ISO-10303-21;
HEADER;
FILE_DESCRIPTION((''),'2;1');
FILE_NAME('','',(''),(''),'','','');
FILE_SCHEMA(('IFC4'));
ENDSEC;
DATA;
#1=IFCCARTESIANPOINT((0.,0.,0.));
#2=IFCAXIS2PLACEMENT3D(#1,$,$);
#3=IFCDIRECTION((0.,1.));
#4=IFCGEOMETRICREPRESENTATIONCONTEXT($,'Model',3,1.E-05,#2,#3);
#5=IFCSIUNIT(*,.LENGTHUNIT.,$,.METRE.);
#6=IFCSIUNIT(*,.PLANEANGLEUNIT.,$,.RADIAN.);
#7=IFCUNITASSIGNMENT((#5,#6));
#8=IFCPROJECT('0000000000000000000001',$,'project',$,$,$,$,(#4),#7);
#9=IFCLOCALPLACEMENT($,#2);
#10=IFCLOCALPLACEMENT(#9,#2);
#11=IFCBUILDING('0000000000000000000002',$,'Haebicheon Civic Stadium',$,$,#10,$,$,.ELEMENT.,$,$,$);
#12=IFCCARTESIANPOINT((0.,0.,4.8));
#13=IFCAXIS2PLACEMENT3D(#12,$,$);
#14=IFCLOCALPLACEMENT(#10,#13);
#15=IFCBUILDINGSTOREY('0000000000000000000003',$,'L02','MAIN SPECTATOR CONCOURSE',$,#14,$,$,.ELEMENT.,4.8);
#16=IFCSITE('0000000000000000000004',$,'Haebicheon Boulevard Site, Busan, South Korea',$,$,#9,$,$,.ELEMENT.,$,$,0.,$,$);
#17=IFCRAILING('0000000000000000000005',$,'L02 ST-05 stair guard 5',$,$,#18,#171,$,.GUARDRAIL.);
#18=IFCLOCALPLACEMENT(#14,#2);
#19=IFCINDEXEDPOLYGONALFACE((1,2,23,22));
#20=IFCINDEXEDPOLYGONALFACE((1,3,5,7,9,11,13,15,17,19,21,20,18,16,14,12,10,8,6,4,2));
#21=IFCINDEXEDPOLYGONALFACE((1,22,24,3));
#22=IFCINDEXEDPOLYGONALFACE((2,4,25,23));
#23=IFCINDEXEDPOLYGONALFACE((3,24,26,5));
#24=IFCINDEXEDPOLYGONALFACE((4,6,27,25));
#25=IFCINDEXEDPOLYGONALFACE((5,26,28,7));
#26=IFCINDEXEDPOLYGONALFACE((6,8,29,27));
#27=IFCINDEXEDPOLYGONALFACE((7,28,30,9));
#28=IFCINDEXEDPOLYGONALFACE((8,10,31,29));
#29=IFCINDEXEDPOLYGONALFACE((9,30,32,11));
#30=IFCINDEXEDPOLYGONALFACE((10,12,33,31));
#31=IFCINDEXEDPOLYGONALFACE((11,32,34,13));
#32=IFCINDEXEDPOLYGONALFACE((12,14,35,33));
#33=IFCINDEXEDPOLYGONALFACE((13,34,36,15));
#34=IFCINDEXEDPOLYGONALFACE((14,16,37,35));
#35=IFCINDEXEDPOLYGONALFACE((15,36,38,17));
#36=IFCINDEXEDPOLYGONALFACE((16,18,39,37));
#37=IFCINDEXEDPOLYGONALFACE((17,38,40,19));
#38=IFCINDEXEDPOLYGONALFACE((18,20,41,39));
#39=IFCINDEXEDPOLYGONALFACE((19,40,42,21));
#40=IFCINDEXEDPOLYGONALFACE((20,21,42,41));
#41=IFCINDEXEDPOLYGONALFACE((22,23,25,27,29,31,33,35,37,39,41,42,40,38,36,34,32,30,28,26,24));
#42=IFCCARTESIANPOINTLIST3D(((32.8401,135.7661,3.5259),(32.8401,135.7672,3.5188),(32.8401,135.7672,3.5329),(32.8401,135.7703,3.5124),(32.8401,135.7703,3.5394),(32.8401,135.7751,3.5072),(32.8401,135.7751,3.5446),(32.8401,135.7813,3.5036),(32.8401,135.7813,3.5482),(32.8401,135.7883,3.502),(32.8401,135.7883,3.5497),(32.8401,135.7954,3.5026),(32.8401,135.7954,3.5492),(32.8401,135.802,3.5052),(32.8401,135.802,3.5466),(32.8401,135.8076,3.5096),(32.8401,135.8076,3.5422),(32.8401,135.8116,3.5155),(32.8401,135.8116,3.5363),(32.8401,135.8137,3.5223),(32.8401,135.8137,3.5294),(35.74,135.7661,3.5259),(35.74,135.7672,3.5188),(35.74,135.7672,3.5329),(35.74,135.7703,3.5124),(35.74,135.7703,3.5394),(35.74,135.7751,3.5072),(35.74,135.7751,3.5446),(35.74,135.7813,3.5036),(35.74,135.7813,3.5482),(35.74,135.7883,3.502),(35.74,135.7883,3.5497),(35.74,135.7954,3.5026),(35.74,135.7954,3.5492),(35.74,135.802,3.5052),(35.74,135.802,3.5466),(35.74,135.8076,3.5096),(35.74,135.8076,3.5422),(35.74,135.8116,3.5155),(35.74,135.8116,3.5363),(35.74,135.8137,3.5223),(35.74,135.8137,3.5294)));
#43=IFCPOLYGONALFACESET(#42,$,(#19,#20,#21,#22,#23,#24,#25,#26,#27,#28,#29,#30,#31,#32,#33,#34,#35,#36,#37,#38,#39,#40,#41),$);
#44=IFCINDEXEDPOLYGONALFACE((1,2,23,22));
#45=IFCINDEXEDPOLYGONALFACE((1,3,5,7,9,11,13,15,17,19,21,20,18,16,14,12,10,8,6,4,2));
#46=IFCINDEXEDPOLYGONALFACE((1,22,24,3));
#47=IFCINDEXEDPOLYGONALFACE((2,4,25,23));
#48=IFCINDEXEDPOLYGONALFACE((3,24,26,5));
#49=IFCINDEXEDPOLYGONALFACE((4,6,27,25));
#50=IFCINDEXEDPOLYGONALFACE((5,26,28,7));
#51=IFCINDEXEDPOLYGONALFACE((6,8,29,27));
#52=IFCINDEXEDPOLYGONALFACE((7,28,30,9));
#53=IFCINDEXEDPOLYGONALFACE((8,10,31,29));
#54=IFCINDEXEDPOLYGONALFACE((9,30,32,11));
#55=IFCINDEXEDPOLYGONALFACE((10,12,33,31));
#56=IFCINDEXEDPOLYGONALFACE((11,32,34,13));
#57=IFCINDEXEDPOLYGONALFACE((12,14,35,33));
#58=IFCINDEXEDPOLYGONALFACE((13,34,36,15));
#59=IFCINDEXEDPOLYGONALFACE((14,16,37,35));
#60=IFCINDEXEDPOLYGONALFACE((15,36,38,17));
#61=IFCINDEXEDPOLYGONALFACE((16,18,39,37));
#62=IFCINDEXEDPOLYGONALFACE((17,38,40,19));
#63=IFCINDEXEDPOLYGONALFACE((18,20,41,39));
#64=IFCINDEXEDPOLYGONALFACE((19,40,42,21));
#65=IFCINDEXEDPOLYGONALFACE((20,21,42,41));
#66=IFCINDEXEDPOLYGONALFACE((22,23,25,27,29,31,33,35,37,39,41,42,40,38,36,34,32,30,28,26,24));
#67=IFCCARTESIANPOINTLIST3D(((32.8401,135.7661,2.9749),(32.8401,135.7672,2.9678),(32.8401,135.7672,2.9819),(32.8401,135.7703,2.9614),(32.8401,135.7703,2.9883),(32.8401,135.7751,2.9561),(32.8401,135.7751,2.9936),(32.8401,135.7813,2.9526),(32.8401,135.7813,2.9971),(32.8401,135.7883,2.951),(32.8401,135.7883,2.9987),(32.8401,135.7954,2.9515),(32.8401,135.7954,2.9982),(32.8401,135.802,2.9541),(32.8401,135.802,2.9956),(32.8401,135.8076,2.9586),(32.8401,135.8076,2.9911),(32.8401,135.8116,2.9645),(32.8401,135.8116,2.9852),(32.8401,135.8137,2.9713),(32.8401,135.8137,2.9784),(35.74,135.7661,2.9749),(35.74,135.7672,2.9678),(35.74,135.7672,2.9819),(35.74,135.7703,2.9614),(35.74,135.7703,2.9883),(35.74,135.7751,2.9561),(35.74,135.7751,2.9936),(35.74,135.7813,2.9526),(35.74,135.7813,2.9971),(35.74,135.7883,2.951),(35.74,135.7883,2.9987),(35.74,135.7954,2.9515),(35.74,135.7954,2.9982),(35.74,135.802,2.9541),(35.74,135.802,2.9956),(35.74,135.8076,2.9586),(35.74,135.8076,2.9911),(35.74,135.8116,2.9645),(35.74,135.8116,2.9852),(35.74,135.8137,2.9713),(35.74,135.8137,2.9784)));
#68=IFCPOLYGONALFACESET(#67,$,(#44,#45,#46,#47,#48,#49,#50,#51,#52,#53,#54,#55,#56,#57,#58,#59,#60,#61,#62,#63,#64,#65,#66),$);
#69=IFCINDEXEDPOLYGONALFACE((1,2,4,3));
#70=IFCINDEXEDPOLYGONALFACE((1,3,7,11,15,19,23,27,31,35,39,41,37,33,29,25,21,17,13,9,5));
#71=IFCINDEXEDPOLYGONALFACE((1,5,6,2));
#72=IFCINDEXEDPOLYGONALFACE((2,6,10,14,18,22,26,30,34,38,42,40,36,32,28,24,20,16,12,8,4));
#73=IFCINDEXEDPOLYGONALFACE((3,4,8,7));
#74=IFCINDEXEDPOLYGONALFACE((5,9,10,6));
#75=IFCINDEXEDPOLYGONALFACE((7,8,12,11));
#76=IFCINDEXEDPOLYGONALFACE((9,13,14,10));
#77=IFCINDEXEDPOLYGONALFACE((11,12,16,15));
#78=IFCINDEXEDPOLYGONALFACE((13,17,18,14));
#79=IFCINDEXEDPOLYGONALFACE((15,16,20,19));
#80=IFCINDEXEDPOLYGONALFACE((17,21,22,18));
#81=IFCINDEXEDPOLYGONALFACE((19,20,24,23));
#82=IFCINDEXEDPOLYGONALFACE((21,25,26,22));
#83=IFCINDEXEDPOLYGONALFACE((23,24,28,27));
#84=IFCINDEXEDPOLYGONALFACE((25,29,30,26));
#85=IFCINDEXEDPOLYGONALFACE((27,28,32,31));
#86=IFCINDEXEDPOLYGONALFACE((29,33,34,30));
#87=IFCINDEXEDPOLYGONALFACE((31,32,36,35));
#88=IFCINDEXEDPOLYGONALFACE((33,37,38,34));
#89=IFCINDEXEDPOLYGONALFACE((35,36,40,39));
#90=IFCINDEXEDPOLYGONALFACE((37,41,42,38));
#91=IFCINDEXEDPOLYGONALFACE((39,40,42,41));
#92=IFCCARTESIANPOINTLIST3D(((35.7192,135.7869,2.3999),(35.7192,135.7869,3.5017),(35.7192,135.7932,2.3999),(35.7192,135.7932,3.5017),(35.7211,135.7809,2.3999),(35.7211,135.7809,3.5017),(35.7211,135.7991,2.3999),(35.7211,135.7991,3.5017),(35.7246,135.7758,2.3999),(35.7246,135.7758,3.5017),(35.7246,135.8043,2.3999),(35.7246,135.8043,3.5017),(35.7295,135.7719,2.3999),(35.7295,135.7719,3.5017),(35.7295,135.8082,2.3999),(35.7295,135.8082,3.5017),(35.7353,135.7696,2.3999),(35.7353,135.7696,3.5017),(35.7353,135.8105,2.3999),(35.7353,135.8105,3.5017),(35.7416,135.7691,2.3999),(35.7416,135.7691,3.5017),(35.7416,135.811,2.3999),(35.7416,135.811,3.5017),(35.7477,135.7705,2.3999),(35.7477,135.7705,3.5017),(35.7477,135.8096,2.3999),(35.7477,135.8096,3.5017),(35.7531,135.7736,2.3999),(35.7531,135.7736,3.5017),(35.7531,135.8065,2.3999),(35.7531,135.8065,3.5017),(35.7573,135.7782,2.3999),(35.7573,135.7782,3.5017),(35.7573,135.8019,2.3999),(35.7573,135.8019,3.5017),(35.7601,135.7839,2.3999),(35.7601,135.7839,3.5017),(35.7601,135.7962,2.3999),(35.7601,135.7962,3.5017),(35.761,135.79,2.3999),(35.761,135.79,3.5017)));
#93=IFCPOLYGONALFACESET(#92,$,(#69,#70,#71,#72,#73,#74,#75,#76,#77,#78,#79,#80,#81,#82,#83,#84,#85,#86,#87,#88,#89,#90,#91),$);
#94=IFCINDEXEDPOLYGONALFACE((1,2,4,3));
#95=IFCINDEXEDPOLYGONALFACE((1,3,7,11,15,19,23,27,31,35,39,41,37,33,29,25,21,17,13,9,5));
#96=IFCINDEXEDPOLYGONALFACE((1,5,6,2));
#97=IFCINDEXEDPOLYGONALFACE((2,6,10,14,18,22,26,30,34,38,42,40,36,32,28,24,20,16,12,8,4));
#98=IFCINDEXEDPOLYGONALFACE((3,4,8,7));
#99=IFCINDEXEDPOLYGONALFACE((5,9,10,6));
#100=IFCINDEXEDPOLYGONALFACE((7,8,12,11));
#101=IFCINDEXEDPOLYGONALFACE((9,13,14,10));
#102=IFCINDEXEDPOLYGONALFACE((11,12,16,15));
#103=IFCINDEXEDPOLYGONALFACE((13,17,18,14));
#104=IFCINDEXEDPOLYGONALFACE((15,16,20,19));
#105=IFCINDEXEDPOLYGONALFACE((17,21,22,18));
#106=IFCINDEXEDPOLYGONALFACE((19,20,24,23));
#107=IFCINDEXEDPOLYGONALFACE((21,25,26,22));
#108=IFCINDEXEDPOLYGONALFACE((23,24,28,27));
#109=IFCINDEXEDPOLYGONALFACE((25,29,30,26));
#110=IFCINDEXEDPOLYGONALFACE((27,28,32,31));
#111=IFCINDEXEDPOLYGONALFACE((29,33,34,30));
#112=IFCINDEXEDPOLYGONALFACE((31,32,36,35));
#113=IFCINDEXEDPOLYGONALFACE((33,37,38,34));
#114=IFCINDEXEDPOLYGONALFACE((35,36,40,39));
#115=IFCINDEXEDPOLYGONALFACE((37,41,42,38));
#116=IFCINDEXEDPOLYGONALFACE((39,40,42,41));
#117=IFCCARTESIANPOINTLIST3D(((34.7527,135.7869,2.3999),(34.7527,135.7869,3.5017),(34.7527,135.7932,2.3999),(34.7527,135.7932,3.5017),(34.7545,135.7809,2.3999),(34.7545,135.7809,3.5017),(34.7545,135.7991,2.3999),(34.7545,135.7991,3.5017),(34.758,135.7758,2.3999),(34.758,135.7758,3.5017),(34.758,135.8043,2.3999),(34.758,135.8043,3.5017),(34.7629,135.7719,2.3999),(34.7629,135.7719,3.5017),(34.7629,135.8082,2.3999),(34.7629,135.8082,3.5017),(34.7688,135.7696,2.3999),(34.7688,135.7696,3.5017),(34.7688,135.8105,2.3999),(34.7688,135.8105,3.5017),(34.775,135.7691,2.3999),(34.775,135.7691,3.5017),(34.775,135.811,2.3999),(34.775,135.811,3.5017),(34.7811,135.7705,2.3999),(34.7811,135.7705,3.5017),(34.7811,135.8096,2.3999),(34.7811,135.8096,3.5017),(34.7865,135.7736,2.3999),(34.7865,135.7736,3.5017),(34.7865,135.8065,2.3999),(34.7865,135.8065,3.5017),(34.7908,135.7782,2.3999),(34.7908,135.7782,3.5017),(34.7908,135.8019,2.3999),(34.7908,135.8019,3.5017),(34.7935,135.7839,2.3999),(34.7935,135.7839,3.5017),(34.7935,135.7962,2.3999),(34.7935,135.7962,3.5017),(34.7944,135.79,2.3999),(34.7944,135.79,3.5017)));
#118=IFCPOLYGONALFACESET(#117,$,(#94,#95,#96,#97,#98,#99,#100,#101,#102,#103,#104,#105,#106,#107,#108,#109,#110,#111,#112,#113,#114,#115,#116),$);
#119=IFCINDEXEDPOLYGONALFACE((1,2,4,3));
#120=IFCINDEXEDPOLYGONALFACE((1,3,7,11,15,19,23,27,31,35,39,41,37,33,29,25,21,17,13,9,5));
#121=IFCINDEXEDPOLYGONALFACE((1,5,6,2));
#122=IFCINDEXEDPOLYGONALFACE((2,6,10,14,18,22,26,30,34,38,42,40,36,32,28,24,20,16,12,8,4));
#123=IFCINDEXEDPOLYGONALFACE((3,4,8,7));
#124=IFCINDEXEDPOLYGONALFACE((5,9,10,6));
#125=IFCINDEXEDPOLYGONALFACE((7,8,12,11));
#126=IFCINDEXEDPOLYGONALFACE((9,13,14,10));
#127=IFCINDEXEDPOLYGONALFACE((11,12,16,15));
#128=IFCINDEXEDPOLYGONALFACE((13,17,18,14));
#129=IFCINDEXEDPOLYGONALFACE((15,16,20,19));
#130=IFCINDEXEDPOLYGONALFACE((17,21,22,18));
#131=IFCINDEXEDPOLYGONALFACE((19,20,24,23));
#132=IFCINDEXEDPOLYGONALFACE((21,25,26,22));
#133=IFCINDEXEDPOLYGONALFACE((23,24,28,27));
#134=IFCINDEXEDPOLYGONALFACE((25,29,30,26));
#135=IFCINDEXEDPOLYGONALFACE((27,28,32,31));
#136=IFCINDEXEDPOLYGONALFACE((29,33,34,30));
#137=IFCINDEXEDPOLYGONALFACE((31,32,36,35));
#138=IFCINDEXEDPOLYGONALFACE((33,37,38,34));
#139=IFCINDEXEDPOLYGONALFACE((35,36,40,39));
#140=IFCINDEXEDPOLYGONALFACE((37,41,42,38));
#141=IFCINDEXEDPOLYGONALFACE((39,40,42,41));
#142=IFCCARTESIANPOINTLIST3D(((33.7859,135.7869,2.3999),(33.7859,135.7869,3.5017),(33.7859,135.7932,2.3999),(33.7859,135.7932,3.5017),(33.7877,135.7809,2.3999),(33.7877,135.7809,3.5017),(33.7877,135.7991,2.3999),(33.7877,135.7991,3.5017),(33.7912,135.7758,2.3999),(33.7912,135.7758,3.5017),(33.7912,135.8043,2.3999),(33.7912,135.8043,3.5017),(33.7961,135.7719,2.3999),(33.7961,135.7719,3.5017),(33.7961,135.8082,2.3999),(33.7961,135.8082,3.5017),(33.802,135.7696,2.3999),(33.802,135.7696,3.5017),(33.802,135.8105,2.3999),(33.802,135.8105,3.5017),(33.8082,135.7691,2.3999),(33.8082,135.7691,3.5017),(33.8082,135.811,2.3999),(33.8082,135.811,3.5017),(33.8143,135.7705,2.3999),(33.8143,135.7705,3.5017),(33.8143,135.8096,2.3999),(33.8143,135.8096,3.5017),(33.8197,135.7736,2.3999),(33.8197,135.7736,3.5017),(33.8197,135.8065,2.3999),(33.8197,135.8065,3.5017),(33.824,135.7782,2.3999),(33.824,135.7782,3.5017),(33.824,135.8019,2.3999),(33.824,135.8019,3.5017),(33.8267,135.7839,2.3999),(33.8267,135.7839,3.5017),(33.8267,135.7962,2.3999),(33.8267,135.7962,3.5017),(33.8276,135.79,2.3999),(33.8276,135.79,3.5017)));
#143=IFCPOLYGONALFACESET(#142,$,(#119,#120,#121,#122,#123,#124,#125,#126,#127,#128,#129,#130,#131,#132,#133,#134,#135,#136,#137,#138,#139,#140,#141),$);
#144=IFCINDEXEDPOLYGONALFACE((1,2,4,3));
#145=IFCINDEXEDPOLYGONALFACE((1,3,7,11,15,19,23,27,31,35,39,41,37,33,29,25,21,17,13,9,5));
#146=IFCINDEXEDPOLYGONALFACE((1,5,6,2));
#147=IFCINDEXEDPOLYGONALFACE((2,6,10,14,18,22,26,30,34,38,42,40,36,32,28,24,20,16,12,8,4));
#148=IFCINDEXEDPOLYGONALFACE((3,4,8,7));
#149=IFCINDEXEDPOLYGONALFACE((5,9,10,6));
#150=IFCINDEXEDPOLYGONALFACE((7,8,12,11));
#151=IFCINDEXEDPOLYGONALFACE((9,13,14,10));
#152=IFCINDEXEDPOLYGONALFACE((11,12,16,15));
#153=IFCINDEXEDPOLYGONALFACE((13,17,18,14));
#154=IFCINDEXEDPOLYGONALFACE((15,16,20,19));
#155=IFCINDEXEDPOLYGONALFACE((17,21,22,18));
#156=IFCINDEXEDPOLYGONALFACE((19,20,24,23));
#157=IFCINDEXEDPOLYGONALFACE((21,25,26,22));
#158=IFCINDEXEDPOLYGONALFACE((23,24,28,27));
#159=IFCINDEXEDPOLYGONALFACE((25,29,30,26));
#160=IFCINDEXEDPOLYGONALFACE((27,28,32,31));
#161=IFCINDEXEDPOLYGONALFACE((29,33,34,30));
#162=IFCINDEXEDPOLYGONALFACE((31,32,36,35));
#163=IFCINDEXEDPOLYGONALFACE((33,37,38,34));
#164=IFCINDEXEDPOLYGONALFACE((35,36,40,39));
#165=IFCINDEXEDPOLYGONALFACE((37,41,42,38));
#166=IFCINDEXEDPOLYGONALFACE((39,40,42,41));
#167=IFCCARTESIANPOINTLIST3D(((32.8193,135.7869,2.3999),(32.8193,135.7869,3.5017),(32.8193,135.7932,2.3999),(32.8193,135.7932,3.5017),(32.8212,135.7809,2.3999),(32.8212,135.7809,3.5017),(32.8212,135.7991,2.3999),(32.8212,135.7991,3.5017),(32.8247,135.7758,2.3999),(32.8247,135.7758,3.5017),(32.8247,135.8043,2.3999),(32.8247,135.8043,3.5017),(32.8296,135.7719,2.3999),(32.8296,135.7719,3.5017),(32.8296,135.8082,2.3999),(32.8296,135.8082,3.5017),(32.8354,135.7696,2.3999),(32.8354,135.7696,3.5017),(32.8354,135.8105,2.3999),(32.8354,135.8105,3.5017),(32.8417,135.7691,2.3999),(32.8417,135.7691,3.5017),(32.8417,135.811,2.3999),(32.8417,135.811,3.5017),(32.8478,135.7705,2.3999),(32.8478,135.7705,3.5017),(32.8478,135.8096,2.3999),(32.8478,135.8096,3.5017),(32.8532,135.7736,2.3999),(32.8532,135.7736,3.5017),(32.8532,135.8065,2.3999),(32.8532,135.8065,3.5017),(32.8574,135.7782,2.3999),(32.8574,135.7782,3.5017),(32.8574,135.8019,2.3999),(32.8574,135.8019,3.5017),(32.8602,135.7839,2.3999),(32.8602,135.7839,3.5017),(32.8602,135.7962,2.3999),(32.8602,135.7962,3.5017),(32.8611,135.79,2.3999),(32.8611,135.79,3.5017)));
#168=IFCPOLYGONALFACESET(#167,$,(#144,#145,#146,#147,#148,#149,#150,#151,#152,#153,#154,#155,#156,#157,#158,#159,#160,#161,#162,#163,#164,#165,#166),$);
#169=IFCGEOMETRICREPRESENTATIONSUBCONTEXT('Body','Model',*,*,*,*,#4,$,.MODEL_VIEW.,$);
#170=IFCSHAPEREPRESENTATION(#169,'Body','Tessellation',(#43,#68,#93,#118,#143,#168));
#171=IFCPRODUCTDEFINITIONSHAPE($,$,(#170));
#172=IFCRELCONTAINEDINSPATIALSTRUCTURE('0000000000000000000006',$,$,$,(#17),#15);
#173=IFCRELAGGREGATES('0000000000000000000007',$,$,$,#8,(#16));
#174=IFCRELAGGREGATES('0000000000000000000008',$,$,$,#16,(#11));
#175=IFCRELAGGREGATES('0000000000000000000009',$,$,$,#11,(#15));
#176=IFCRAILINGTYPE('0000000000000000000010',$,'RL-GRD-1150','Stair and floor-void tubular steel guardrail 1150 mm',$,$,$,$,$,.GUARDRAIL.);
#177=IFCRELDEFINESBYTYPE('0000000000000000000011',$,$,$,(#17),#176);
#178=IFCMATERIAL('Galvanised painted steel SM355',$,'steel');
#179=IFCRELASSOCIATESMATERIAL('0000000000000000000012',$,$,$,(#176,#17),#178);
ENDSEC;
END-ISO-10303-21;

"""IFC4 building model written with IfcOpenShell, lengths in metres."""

from ifc_helpers import new_model, si_unit, direction, frame, origin, origin_2d, place, context, subcontext, project, spatial, circle, extrude, material, type_object, element, save


model = new_model("IFC4")

# Units and contexts
model_context = context("Model", 3, precision=1e-05, world=origin(), true_north=direction((0.0, 1.0)))
body_context = subcontext(model_context, "Body", "Model", "MODEL_VIEW")
ifc_project = project(units=[si_unit("LENGTHUNIT", "METRE"), si_unit("PLANEANGLEUNIT", "RADIAN")], contexts=[model_context])

# Site, building, storey
site_placement = place(None, origin())
site = spatial("IfcSite", under=ifc_project, at=site_placement, Name="Haebicheon Boulevard Site, Busan, South Korea", CompositionType="ELEMENT", RefElevation=0.0)
building_placement = place(site_placement, origin())
building = spatial("IfcBuilding", under=site, at=building_placement, Name="Haebicheon Civic Stadium", CompositionType="ELEMENT")
storey_placement = place(building_placement, frame((0.0, 0.0, 4.8)))
storey = spatial("IfcBuildingStorey", under=building, at=storey_placement, Name="L02", Description="MAIN SPECTATOR CONCOURSE", CompositionType="ELEMENT", Elevation=4.8)

# Railing
ifc_material_1 = material(Name="Galvanised painted steel SM355", Category="steel")
railing_type_1 = type_object("IfcRailingType", Name="RL-GRD-1150", Description="Stair and floor-void tubular steel guardrail 1150 mm", PredefinedType="GUARDRAIL", material=ifc_material_1)
railing_1_placement = place(storey_placement, frame((35.74, 135.79, 2.3999)))
element("IfcRailing", 1, at=railing_1_placement, inside=storey, type_object=railing_type_1, material=ifc_material_1, Name="L02 ST-05 stair guard 5", PredefinedType="GUARDRAIL", context=body_context, shape_type="SweptSolid", body=[
    extrude(circle(Radius=0.0239, at=origin_2d()), frame((0.0, 0.0, 1.126), z_axis=(-1.0, 0.0, 0.0), x_axis=(0.0, -1.0, 0.0)), (0.0, 0.0, 1.0), 2.8999),
    extrude(circle(Radius=0.0239, at=origin_2d()), frame((0.0, 0.0, 0.575), z_axis=(-1.0, 0.0, 0.0), x_axis=(0.0, -1.0, 0.0)), (0.0, 0.0, 1.0), 2.8999),
    extrude(circle(Radius=0.021, at=origin_2d()), origin(), (0.0, 0.0, 1.0), 1.1018),
    extrude(circle(Radius=0.021, at=origin_2d()), frame((-0.9666, 0.0, 0.0)), (0.0, 0.0, 1.0), 1.1018),
    extrude(circle(Radius=0.021, at=origin_2d()), frame((-1.9333, 0.0, 0.0)), (0.0, 0.0, 1.0), 1.1018),
    extrude(circle(Radius=0.021, at=origin_2d()), frame((-2.8999, 0.0, 0.0)), (0.0, 0.0, 1.0), 1.1018),
])

save(model, "model.ifc")
